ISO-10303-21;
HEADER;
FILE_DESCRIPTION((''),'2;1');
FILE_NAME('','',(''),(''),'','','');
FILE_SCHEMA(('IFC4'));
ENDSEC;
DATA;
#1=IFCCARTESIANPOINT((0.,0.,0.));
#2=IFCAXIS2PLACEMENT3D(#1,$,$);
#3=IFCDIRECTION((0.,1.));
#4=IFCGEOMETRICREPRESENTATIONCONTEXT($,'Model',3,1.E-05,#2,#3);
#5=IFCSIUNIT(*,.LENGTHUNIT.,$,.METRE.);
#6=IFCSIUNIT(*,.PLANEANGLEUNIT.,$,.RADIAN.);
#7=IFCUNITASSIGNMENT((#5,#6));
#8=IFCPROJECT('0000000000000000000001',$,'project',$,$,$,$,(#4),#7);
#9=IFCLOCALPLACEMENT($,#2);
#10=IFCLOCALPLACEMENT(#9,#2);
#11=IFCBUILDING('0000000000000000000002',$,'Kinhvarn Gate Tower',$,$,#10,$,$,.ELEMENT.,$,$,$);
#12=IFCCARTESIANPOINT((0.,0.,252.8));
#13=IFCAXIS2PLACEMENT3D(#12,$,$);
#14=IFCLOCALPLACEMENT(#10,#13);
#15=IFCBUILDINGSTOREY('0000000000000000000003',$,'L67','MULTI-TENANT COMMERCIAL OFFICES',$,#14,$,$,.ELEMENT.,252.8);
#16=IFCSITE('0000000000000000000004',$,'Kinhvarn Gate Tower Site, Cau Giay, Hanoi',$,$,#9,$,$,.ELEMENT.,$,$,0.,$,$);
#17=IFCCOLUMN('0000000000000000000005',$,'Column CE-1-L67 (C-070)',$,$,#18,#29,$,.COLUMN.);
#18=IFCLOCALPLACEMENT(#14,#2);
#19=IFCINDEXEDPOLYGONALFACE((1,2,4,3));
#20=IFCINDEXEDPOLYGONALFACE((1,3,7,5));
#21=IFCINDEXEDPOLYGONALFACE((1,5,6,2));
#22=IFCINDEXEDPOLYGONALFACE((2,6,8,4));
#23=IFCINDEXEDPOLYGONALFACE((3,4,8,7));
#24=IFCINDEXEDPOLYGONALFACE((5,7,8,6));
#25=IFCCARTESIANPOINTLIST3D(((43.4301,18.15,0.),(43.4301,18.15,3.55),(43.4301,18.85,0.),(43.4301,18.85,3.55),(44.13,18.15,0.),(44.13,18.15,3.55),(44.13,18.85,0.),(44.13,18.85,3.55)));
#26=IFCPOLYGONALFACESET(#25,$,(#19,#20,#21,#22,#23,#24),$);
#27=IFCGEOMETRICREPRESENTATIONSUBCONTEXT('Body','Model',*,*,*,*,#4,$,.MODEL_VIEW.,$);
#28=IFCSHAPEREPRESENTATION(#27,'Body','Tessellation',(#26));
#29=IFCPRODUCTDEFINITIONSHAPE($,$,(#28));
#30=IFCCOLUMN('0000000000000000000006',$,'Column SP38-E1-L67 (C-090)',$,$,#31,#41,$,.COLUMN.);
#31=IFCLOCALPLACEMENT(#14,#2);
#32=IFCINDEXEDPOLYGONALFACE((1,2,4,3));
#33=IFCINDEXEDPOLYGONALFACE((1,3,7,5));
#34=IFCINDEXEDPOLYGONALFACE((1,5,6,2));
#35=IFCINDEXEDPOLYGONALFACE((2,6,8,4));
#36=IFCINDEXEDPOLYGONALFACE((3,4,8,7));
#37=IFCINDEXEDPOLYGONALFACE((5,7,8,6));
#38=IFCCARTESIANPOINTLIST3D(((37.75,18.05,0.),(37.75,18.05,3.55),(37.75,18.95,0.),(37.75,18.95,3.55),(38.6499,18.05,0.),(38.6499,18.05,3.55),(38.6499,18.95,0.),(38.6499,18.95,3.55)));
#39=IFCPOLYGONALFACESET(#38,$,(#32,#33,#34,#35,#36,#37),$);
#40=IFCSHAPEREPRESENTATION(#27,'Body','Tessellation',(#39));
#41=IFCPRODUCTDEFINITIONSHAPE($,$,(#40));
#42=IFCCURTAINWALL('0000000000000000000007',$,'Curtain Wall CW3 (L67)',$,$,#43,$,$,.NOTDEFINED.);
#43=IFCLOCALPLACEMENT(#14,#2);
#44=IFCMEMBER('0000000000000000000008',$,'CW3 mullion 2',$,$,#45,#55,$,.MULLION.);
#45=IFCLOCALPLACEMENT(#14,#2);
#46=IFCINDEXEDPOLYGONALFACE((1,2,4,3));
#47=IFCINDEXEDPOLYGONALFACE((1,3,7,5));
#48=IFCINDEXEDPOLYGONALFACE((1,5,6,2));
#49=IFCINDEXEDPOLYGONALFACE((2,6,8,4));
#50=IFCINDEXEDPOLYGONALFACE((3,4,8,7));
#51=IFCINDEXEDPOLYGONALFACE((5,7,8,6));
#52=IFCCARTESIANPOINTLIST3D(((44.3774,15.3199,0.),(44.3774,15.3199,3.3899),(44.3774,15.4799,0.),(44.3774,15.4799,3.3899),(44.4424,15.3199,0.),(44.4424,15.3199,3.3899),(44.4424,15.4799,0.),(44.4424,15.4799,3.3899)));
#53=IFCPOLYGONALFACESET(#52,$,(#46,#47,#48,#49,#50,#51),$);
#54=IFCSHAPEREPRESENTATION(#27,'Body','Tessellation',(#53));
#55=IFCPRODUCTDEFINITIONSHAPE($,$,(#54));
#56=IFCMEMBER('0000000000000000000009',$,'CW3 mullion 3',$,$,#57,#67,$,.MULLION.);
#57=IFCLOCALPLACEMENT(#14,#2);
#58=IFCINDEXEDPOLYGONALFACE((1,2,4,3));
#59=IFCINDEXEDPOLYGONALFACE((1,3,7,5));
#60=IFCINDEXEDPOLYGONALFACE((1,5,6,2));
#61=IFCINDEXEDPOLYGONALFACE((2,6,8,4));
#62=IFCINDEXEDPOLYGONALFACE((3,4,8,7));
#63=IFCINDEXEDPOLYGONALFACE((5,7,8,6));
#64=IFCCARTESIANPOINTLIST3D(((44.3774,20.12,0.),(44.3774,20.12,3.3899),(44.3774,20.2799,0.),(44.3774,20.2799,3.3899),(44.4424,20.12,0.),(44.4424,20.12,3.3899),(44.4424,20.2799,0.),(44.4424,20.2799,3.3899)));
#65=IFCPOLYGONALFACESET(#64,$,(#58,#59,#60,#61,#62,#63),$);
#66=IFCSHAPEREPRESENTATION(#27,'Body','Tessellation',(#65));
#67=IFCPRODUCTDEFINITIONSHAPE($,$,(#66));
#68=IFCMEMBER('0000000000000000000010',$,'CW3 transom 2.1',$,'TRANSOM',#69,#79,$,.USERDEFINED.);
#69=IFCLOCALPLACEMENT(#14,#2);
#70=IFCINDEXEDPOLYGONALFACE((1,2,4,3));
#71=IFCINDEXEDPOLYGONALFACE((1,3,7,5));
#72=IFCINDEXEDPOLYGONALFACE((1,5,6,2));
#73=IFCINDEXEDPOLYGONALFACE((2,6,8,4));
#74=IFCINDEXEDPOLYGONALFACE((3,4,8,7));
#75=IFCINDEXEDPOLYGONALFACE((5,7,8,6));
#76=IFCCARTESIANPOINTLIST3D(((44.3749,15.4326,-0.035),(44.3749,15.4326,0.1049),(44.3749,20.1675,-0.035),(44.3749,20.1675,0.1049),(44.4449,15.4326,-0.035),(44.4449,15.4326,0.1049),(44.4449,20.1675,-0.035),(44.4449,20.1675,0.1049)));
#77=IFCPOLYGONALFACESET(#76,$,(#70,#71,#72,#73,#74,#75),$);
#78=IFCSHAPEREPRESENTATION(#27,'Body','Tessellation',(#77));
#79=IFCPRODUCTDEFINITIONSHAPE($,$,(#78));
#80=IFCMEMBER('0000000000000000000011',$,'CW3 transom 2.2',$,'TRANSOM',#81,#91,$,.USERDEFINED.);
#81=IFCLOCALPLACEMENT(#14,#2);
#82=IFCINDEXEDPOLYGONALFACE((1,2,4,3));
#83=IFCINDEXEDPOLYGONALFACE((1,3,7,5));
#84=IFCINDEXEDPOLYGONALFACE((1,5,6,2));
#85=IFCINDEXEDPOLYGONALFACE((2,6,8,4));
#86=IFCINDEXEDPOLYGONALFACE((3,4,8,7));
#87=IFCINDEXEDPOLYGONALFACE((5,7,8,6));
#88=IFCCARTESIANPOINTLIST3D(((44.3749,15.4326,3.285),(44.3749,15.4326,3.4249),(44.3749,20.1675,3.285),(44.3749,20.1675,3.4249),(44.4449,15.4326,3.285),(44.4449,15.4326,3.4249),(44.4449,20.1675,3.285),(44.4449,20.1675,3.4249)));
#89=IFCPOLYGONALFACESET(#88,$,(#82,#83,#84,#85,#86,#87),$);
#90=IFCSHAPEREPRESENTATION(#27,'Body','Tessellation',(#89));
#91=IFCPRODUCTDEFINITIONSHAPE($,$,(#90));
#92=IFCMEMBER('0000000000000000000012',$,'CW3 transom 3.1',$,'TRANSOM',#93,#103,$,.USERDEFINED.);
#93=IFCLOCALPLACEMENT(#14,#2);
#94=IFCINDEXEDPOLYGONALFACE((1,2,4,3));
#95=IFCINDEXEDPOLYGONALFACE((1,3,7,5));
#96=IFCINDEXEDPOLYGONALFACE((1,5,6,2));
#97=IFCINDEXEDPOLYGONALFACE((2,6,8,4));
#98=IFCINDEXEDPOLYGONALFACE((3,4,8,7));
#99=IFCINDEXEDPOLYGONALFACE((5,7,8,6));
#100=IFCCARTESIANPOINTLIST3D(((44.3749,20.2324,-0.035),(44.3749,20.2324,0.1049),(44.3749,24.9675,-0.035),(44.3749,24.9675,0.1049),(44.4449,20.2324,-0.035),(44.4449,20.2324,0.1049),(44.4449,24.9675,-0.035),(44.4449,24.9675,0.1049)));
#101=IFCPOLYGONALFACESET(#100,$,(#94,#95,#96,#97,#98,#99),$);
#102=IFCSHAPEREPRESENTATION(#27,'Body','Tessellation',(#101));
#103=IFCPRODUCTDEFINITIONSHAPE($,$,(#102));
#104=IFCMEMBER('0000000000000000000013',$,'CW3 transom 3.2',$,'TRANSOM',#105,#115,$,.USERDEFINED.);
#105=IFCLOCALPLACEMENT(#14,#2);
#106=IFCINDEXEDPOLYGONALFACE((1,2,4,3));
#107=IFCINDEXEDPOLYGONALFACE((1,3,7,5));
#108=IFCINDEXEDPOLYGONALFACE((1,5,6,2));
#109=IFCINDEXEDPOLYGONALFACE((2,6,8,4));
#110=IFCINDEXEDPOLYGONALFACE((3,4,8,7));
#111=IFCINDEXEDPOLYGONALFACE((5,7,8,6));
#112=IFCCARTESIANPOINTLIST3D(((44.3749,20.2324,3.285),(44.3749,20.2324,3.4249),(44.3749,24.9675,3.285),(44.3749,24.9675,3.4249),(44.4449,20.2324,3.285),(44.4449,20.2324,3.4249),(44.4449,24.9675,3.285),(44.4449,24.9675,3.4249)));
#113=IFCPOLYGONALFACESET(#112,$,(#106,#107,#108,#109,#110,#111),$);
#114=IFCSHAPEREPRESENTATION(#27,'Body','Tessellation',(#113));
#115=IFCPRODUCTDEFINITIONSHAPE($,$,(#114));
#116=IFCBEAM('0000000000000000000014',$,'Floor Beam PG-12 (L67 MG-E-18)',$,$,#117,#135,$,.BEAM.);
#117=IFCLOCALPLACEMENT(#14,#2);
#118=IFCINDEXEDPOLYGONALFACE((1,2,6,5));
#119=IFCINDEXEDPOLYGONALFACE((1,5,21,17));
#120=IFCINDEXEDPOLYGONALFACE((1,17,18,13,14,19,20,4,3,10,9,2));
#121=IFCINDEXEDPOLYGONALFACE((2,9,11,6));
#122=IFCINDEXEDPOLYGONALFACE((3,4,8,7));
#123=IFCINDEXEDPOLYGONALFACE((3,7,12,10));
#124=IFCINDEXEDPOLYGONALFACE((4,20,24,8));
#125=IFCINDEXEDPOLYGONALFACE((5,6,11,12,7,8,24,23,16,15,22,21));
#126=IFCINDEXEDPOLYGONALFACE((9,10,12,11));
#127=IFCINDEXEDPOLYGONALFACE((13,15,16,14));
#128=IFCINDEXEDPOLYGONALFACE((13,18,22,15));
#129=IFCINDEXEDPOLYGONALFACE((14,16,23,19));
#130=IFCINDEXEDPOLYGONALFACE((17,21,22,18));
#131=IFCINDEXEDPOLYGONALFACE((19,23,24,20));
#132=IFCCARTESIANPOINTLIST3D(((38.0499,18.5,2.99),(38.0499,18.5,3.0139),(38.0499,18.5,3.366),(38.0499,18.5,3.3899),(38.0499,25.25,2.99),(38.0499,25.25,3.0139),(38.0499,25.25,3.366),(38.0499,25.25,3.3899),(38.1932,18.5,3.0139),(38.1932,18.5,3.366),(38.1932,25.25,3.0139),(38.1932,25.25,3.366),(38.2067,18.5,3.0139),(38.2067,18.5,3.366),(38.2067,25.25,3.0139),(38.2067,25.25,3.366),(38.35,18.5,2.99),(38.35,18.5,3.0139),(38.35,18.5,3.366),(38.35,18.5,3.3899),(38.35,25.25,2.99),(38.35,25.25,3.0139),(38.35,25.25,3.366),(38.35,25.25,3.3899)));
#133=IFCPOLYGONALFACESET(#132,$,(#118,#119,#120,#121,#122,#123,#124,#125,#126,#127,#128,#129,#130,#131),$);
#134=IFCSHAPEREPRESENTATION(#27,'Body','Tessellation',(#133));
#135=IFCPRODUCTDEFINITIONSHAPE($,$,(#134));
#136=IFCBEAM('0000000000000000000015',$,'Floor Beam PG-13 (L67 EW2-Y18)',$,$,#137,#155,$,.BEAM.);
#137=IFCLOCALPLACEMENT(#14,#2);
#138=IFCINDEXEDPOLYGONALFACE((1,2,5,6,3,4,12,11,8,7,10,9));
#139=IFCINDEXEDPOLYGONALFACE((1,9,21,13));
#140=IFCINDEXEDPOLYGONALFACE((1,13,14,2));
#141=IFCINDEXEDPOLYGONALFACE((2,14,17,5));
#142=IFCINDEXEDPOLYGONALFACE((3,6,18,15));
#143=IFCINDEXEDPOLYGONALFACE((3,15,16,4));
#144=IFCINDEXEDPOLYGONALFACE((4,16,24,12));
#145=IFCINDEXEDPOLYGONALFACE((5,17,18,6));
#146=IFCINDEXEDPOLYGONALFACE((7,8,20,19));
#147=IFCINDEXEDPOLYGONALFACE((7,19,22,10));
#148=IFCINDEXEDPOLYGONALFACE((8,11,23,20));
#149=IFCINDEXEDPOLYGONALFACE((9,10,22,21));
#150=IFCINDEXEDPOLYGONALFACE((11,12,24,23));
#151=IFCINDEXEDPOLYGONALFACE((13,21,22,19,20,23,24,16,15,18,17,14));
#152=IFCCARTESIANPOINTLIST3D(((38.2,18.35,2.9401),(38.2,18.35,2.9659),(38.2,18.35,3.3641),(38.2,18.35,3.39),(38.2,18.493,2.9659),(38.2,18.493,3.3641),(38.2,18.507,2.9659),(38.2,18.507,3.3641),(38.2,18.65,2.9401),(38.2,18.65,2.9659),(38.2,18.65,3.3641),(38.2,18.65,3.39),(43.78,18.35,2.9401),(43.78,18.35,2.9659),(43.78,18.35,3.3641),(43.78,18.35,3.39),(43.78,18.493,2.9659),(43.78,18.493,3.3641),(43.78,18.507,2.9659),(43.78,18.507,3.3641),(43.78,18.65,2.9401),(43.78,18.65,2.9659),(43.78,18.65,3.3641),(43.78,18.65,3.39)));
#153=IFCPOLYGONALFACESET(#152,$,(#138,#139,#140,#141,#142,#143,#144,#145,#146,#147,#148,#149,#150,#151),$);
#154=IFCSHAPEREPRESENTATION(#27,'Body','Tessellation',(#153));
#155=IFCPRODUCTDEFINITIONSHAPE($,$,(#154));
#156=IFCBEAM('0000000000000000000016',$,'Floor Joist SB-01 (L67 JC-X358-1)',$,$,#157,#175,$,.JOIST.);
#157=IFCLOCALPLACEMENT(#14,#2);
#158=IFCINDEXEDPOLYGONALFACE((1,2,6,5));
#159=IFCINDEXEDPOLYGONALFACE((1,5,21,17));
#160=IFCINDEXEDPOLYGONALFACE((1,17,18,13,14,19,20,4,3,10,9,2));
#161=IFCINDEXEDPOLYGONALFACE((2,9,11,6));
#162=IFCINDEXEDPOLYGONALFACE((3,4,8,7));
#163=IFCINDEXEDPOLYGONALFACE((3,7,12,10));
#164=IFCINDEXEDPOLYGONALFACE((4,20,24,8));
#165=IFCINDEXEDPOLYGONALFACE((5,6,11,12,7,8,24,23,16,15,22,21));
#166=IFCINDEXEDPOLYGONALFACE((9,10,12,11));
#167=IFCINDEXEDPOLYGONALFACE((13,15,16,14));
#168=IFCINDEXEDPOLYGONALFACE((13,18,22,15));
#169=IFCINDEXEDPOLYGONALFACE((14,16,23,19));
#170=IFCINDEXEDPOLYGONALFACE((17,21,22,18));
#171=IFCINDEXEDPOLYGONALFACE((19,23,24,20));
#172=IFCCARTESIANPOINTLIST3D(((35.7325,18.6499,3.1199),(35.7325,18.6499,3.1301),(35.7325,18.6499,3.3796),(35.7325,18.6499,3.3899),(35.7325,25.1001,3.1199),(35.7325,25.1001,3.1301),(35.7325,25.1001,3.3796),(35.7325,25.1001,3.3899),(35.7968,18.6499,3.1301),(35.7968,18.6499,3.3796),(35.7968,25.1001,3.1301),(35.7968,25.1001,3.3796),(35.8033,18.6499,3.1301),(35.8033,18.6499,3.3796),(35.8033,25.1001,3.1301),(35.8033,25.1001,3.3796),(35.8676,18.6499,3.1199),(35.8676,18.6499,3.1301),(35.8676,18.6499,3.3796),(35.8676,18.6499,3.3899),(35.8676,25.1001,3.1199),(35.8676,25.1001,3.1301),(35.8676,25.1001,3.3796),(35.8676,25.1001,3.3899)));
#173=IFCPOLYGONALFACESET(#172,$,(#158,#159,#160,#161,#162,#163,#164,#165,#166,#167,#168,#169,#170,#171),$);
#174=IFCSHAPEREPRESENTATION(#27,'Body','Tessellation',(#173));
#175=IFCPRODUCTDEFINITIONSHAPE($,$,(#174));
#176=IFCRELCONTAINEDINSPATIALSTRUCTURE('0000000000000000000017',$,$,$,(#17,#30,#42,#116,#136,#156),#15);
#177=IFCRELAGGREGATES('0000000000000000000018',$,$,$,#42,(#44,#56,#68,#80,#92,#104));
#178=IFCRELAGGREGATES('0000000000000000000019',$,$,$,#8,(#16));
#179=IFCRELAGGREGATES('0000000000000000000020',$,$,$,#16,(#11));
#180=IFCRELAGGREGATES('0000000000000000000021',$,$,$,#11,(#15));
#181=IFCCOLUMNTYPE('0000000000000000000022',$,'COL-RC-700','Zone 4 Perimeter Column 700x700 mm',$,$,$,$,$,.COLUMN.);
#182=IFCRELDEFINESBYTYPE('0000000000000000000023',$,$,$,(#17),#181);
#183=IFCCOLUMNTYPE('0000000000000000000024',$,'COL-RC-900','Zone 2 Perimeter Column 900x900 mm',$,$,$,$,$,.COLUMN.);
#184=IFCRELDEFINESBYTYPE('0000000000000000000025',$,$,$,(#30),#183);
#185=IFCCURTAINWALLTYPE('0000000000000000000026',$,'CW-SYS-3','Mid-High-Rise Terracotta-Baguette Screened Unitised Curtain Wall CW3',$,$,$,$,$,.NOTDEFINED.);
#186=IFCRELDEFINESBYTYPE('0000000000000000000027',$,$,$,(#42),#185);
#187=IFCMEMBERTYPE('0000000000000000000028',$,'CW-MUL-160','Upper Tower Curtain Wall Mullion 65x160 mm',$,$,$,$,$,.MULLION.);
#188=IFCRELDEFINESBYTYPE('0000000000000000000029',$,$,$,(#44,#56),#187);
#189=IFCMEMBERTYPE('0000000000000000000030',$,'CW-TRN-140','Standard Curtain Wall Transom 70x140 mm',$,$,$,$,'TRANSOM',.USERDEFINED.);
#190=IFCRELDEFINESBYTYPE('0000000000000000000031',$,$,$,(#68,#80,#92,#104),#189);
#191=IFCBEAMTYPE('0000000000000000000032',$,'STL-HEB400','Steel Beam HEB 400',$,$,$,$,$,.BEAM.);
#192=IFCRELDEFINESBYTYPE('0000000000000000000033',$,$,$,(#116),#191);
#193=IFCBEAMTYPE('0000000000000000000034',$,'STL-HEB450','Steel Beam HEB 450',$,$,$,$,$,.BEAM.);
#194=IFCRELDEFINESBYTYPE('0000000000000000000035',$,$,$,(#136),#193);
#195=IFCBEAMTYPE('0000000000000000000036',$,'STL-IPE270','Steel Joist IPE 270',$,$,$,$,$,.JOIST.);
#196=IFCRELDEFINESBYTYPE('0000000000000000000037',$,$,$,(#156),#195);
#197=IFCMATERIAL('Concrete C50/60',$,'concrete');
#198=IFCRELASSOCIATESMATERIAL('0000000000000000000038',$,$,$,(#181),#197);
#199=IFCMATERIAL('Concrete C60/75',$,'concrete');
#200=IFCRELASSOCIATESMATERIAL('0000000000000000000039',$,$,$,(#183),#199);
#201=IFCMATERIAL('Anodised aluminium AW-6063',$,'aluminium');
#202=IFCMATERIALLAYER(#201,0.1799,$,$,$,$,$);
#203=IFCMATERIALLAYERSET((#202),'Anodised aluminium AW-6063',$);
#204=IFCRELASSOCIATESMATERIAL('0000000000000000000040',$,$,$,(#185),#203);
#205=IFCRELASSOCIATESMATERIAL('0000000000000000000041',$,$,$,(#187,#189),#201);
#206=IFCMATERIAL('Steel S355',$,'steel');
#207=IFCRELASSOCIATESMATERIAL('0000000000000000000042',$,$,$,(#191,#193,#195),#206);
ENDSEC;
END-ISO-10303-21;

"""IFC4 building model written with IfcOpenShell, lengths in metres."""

from ifc_helpers import new_model, si_unit, direction, frame, origin, origin_2d, place, context, subcontext, project, spatial, rectangle, i_section, extrude, material, layer, layer_set, material_profile, profile_set, type_object, element, aggregate, save


model = new_model("IFC4")

# Units and contexts
model_context = context("Model", 3, precision=1e-05, world=origin(), true_north=direction((0.0, 1.0)))
body_context = subcontext(model_context, "Body", "Model", "MODEL_VIEW")
ifc_project = project(units=[si_unit("LENGTHUNIT", "METRE"), si_unit("PLANEANGLEUNIT", "RADIAN")], contexts=[model_context])

# Site, building, storey
site_placement = place(None, origin())
site = spatial("IfcSite", under=ifc_project, at=site_placement, Name="Kinhvarn Gate Tower Site, Cau Giay, Hanoi", CompositionType="ELEMENT", RefElevation=0.0)
building_placement = place(site_placement, origin())
building = spatial("IfcBuilding", under=site, at=building_placement, Name="Kinhvarn Gate Tower", CompositionType="ELEMENT")
storey_placement = place(building_placement, frame((0.0, 0.0, 252.8)))
storey = spatial("IfcBuildingStorey", under=building, at=storey_placement, Name="L67", Description="MULTI-TENANT COMMERCIAL OFFICES", CompositionType="ELEMENT", Elevation=252.8)

# Columns
ifc_material_1 = material(Name="Concrete C50/60", Category="concrete")
ifc_material_profile_1 = material_profile(ifc_material_1, rectangle(XDim=0.7, YDim=0.7, at=origin_2d()), Name="RC 700x700")
ifc_profile_set_1 = profile_set([ifc_material_profile_1], Name="Concrete C50/60")
column_type_1 = type_object("IfcColumnType", Name="COL-RC-700", Description="Zone 4 Perimeter Column 700x700 mm", PredefinedType="COLUMN", material=ifc_profile_set_1)
column_1_placement = place(storey_placement, frame((43.78, 18.5, 0.0), z_axis=(0.0, 0.0, 1.0), x_axis=(1.0, 0.0, 0.0)))
element("IfcColumn", 1, at=column_1_placement, inside=storey, type_object=column_type_1, Name="Column CE-1-L67 (C-070)", PredefinedType="COLUMN", context=body_context, shape_type="SweptSolid", body=[
    extrude(rectangle(XDim=0.7, YDim=0.7, at=origin_2d()), origin(), (0.0, 0.0, 1.0), 3.55),
])
ifc_material_2 = material(Name="Concrete C60/75", Category="concrete")
ifc_material_profile_2 = material_profile(ifc_material_2, rectangle(XDim=0.8999, YDim=0.8999, at=origin_2d()), Name="RC 900x900")
ifc_profile_set_2 = profile_set([ifc_material_profile_2], Name="Concrete C60/75")
column_type_2 = type_object("IfcColumnType", Name="COL-RC-900", Description="Zone 2 Perimeter Column 900x900 mm", PredefinedType="COLUMN", material=ifc_profile_set_2)
column_2_placement = place(storey_placement, frame((38.2, 18.5, 0.0), z_axis=(0.0, 0.0, 1.0), x_axis=(1.0, 0.0, 0.0)))
element("IfcColumn", 2, at=column_2_placement, inside=storey, type_object=column_type_2, Name="Column SP38-E1-L67 (C-090)", PredefinedType="COLUMN", context=body_context, shape_type="SweptSolid", body=[
    extrude(rectangle(XDim=0.8999, YDim=0.8999, at=origin_2d()), origin(), (0.0, 0.0, 1.0), 3.55),
])

# Curtain wall, members
ifc_material_3 = material(Name="Anodised aluminium AW-6063", Category="aluminium")
ifc_layer_1 = layer(ifc_material_3, 0.1799)
ifc_layer_set_1 = layer_set([ifc_layer_1], Name="Anodised aluminium AW-6063")
curtain_wall_type = type_object("IfcCurtainWallType", Name="CW-SYS-3", Description="Mid-High-Rise Terracotta-Baguette Screened Unitised Curtain Wall CW3", PredefinedType="NOTDEFINED", material=ifc_layer_set_1)
curtain_wall_placement = place(storey_placement, origin())
curtain_wall = element("IfcCurtainWall", 3, at=curtain_wall_placement, inside=storey, type_object=curtain_wall_type, Name="Curtain Wall CW3 (L67)", PredefinedType="NOTDEFINED")
ifc_material_profile_3 = material_profile(ifc_material_3, rectangle(XDim=0.0649, YDim=0.1599, at=origin_2d()), Name="ALU 65x160")
ifc_profile_set_3 = profile_set([ifc_material_profile_3], Name="Anodised aluminium AW-6063")
member_type_1 = type_object("IfcMemberType", Name="CW-MUL-160", Description="Upper Tower Curtain Wall Mullion 65x160 mm", PredefinedType="MULLION", material=ifc_profile_set_3)
member_1_placement = place(storey_placement, frame((44.4099, 15.3999, 0.0), z_axis=(0.0, 0.0, 1.0), x_axis=(-1.0, 0.0, 0.0)))
member_1 = element("IfcMember", 4, at=member_1_placement, type_object=member_type_1, Name="CW3 mullion 2", PredefinedType="MULLION", context=body_context, shape_type="SweptSolid", body=[
    extrude(rectangle(XDim=0.0649, YDim=0.1599, at=origin_2d()), origin(), (0.0, 0.0, 1.0), 3.3899),
])
member_2_placement = place(storey_placement, frame((44.4099, 20.2, 0.0), z_axis=(0.0, 0.0, 1.0), x_axis=(-1.0, 0.0, 0.0)))
member_2 = element("IfcMember", 5, at=member_2_placement, type_object=member_type_1, Name="CW3 mullion 3", PredefinedType="MULLION", context=body_context, shape_type="SweptSolid", body=[
    extrude(rectangle(XDim=0.0649, YDim=0.1599, at=origin_2d()), origin(), (0.0, 0.0, 1.0), 3.3899),
])
ifc_material_profile_4 = material_profile(ifc_material_3, rectangle(XDim=0.0701, YDim=0.1399, at=origin_2d()), Name="ALU 70x140")
ifc_profile_set_4 = profile_set([ifc_material_profile_4], Name="Anodised aluminium AW-6063")
member_type_2 = type_object("IfcMemberType", Name="CW-TRN-140", Description="Standard Curtain Wall Transom 70x140 mm", ElementType="TRANSOM", PredefinedType="USERDEFINED", material=ifc_profile_set_4)
member_3_placement = place(storey_placement, frame((44.4099, 15.4326, 0.0349), z_axis=(0.0, 1.0, 0.0), x_axis=(-1.0, 0.0, 0.0)))
member_3 = element("IfcMember", 6, at=member_3_placement, type_object=member_type_2, Name="CW3 transom 2.1", ObjectType="TRANSOM", PredefinedType="USERDEFINED", context=body_context, shape_type="SweptSolid", body=[
    extrude(rectangle(XDim=0.0701, YDim=0.1399, at=origin_2d()), origin(), (0.0, 0.0, 1.0), 4.7349),
])
member_4_placement = place(storey_placement, frame((44.4099, 15.4326, 3.355), z_axis=(0.0, 1.0, 0.0), x_axis=(-1.0, 0.0, 0.0)))
member_4 = element("IfcMember", 7, at=member_4_placement, type_object=member_type_2, Name="CW3 transom 2.2", ObjectType="TRANSOM", PredefinedType="USERDEFINED", context=body_context, shape_type="SweptSolid", body=[
    extrude(rectangle(XDim=0.0701, YDim=0.1399, at=origin_2d()), origin(), (0.0, 0.0, 1.0), 4.7349),
])
member_5_placement = place(storey_placement, frame((44.4099, 20.2324, 0.0349), z_axis=(0.0, 1.0, 0.0), x_axis=(-1.0, 0.0, 0.0)))
member_5 = element("IfcMember", 8, at=member_5_placement, type_object=member_type_2, Name="CW3 transom 3.1", ObjectType="TRANSOM", PredefinedType="USERDEFINED", context=body_context, shape_type="SweptSolid", body=[
    extrude(rectangle(XDim=0.0701, YDim=0.1399, at=origin_2d()), origin(), (0.0, 0.0, 1.0), 4.7351),
])
member_6_placement = place(storey_placement, frame((44.4099, 20.2324, 3.355), z_axis=(0.0, 1.0, 0.0), x_axis=(-1.0, 0.0, 0.0)))
member_6 = element("IfcMember", 9, at=member_6_placement, type_object=member_type_2, Name="CW3 transom 3.2", ObjectType="TRANSOM", PredefinedType="USERDEFINED", context=body_context, shape_type="SweptSolid", body=[
    extrude(rectangle(XDim=0.0701, YDim=0.1399, at=origin_2d()), origin(), (0.0, 0.0, 1.0), 4.7351),
])

# Beams
ifc_material_4 = material(Name="Steel S355", Category="steel")
ifc_material_profile_5 = material_profile(ifc_material_4, i_section(OverallWidth=0.3, OverallDepth=0.3999, WebThickness=0.0134, FlangeThickness=0.0239, at=origin_2d()), Name="HEB 400")
ifc_profile_set_5 = profile_set([ifc_material_profile_5], Name="Steel S355")
beam_type_1 = type_object("IfcBeamType", Name="STL-HEB400", Description="Steel Beam HEB 400", PredefinedType="BEAM", material=ifc_profile_set_5)
beam_1_placement = place(storey_placement, frame((38.2, 18.5, 3.1899), z_axis=(0.0, 1.0, 0.0), x_axis=(-1.0, 0.0, 0.0)))
element("IfcBeam", 10, at=beam_1_placement, inside=storey, type_object=beam_type_1, Name="Floor Beam PG-12 (L67 MG-E-18)", PredefinedType="BEAM", context=body_context, shape_type="SweptSolid", body=[
    extrude(i_section(OverallWidth=0.3, OverallDepth=0.3999, WebThickness=0.0134, FlangeThickness=0.0239, at=origin_2d()), origin(), (0.0, 0.0, 1.0), 6.75),
])
ifc_material_profile_6 = material_profile(ifc_material_4, i_section(OverallWidth=0.3, OverallDepth=0.45, WebThickness=0.0139, FlangeThickness=0.0259, at=origin_2d()), Name="HEB 450")
ifc_profile_set_6 = profile_set([ifc_material_profile_6], Name="Steel S355")
beam_type_2 = type_object("IfcBeamType", Name="STL-HEB450", Description="Steel Beam HEB 450", PredefinedType="BEAM", material=ifc_profile_set_6)
beam_2_placement = place(storey_placement, frame((38.2, 18.5, 3.165), z_axis=(1.0, 0.0, 0.0), x_axis=(0.0, 1.0, 0.0)))
element("IfcBeam", 11, at=beam_2_placement, inside=storey, type_object=beam_type_2, Name="Floor Beam PG-13 (L67 EW2-Y18)", PredefinedType="BEAM", context=body_context, shape_type="SweptSolid", body=[
    extrude(i_section(OverallWidth=0.3, OverallDepth=0.45, WebThickness=0.0139, FlangeThickness=0.0259, at=origin_2d()), origin(), (0.0, 0.0, 1.0), 5.5801),
])
ifc_material_profile_7 = material_profile(ifc_material_4, i_section(OverallWidth=0.135, OverallDepth=0.27, WebThickness=0.0066, FlangeThickness=0.0103, at=origin_2d()), Name="IPE 270")
ifc_profile_set_7 = profile_set([ifc_material_profile_7], Name="Steel S355")
beam_type_3 = type_object("IfcBeamType", Name="STL-IPE270", Description="Steel Joist IPE 270", PredefinedType="JOIST", material=ifc_profile_set_7)
for number, where, z_axis, x_axis, name in (
    (12, (35.8, 18.6499, 3.2549), (0.0, 1.0, 0.0), (-1.0, 0.0, 0.0), "Floor Joist SB-01 (L67 JC-X358-1)"),
):
    element("IfcBeam", number, at=place(storey_placement, frame(where, z_axis=z_axis, x_axis=x_axis)), inside=storey, type_object=beam_type_3, Name=name, PredefinedType="JOIST", context=body_context, shape_type="SweptSolid", body=[
        extrude(i_section(OverallWidth=0.135, OverallDepth=0.27, WebThickness=0.0066, FlangeThickness=0.0103, at=origin_2d()), origin(), (0.0, 0.0, 1.0), 6.4502),
    ])

aggregate(curtain_wall, [member_1, member_2, member_3, member_4, member_5, member_6])

save(model, "model.ifc")
